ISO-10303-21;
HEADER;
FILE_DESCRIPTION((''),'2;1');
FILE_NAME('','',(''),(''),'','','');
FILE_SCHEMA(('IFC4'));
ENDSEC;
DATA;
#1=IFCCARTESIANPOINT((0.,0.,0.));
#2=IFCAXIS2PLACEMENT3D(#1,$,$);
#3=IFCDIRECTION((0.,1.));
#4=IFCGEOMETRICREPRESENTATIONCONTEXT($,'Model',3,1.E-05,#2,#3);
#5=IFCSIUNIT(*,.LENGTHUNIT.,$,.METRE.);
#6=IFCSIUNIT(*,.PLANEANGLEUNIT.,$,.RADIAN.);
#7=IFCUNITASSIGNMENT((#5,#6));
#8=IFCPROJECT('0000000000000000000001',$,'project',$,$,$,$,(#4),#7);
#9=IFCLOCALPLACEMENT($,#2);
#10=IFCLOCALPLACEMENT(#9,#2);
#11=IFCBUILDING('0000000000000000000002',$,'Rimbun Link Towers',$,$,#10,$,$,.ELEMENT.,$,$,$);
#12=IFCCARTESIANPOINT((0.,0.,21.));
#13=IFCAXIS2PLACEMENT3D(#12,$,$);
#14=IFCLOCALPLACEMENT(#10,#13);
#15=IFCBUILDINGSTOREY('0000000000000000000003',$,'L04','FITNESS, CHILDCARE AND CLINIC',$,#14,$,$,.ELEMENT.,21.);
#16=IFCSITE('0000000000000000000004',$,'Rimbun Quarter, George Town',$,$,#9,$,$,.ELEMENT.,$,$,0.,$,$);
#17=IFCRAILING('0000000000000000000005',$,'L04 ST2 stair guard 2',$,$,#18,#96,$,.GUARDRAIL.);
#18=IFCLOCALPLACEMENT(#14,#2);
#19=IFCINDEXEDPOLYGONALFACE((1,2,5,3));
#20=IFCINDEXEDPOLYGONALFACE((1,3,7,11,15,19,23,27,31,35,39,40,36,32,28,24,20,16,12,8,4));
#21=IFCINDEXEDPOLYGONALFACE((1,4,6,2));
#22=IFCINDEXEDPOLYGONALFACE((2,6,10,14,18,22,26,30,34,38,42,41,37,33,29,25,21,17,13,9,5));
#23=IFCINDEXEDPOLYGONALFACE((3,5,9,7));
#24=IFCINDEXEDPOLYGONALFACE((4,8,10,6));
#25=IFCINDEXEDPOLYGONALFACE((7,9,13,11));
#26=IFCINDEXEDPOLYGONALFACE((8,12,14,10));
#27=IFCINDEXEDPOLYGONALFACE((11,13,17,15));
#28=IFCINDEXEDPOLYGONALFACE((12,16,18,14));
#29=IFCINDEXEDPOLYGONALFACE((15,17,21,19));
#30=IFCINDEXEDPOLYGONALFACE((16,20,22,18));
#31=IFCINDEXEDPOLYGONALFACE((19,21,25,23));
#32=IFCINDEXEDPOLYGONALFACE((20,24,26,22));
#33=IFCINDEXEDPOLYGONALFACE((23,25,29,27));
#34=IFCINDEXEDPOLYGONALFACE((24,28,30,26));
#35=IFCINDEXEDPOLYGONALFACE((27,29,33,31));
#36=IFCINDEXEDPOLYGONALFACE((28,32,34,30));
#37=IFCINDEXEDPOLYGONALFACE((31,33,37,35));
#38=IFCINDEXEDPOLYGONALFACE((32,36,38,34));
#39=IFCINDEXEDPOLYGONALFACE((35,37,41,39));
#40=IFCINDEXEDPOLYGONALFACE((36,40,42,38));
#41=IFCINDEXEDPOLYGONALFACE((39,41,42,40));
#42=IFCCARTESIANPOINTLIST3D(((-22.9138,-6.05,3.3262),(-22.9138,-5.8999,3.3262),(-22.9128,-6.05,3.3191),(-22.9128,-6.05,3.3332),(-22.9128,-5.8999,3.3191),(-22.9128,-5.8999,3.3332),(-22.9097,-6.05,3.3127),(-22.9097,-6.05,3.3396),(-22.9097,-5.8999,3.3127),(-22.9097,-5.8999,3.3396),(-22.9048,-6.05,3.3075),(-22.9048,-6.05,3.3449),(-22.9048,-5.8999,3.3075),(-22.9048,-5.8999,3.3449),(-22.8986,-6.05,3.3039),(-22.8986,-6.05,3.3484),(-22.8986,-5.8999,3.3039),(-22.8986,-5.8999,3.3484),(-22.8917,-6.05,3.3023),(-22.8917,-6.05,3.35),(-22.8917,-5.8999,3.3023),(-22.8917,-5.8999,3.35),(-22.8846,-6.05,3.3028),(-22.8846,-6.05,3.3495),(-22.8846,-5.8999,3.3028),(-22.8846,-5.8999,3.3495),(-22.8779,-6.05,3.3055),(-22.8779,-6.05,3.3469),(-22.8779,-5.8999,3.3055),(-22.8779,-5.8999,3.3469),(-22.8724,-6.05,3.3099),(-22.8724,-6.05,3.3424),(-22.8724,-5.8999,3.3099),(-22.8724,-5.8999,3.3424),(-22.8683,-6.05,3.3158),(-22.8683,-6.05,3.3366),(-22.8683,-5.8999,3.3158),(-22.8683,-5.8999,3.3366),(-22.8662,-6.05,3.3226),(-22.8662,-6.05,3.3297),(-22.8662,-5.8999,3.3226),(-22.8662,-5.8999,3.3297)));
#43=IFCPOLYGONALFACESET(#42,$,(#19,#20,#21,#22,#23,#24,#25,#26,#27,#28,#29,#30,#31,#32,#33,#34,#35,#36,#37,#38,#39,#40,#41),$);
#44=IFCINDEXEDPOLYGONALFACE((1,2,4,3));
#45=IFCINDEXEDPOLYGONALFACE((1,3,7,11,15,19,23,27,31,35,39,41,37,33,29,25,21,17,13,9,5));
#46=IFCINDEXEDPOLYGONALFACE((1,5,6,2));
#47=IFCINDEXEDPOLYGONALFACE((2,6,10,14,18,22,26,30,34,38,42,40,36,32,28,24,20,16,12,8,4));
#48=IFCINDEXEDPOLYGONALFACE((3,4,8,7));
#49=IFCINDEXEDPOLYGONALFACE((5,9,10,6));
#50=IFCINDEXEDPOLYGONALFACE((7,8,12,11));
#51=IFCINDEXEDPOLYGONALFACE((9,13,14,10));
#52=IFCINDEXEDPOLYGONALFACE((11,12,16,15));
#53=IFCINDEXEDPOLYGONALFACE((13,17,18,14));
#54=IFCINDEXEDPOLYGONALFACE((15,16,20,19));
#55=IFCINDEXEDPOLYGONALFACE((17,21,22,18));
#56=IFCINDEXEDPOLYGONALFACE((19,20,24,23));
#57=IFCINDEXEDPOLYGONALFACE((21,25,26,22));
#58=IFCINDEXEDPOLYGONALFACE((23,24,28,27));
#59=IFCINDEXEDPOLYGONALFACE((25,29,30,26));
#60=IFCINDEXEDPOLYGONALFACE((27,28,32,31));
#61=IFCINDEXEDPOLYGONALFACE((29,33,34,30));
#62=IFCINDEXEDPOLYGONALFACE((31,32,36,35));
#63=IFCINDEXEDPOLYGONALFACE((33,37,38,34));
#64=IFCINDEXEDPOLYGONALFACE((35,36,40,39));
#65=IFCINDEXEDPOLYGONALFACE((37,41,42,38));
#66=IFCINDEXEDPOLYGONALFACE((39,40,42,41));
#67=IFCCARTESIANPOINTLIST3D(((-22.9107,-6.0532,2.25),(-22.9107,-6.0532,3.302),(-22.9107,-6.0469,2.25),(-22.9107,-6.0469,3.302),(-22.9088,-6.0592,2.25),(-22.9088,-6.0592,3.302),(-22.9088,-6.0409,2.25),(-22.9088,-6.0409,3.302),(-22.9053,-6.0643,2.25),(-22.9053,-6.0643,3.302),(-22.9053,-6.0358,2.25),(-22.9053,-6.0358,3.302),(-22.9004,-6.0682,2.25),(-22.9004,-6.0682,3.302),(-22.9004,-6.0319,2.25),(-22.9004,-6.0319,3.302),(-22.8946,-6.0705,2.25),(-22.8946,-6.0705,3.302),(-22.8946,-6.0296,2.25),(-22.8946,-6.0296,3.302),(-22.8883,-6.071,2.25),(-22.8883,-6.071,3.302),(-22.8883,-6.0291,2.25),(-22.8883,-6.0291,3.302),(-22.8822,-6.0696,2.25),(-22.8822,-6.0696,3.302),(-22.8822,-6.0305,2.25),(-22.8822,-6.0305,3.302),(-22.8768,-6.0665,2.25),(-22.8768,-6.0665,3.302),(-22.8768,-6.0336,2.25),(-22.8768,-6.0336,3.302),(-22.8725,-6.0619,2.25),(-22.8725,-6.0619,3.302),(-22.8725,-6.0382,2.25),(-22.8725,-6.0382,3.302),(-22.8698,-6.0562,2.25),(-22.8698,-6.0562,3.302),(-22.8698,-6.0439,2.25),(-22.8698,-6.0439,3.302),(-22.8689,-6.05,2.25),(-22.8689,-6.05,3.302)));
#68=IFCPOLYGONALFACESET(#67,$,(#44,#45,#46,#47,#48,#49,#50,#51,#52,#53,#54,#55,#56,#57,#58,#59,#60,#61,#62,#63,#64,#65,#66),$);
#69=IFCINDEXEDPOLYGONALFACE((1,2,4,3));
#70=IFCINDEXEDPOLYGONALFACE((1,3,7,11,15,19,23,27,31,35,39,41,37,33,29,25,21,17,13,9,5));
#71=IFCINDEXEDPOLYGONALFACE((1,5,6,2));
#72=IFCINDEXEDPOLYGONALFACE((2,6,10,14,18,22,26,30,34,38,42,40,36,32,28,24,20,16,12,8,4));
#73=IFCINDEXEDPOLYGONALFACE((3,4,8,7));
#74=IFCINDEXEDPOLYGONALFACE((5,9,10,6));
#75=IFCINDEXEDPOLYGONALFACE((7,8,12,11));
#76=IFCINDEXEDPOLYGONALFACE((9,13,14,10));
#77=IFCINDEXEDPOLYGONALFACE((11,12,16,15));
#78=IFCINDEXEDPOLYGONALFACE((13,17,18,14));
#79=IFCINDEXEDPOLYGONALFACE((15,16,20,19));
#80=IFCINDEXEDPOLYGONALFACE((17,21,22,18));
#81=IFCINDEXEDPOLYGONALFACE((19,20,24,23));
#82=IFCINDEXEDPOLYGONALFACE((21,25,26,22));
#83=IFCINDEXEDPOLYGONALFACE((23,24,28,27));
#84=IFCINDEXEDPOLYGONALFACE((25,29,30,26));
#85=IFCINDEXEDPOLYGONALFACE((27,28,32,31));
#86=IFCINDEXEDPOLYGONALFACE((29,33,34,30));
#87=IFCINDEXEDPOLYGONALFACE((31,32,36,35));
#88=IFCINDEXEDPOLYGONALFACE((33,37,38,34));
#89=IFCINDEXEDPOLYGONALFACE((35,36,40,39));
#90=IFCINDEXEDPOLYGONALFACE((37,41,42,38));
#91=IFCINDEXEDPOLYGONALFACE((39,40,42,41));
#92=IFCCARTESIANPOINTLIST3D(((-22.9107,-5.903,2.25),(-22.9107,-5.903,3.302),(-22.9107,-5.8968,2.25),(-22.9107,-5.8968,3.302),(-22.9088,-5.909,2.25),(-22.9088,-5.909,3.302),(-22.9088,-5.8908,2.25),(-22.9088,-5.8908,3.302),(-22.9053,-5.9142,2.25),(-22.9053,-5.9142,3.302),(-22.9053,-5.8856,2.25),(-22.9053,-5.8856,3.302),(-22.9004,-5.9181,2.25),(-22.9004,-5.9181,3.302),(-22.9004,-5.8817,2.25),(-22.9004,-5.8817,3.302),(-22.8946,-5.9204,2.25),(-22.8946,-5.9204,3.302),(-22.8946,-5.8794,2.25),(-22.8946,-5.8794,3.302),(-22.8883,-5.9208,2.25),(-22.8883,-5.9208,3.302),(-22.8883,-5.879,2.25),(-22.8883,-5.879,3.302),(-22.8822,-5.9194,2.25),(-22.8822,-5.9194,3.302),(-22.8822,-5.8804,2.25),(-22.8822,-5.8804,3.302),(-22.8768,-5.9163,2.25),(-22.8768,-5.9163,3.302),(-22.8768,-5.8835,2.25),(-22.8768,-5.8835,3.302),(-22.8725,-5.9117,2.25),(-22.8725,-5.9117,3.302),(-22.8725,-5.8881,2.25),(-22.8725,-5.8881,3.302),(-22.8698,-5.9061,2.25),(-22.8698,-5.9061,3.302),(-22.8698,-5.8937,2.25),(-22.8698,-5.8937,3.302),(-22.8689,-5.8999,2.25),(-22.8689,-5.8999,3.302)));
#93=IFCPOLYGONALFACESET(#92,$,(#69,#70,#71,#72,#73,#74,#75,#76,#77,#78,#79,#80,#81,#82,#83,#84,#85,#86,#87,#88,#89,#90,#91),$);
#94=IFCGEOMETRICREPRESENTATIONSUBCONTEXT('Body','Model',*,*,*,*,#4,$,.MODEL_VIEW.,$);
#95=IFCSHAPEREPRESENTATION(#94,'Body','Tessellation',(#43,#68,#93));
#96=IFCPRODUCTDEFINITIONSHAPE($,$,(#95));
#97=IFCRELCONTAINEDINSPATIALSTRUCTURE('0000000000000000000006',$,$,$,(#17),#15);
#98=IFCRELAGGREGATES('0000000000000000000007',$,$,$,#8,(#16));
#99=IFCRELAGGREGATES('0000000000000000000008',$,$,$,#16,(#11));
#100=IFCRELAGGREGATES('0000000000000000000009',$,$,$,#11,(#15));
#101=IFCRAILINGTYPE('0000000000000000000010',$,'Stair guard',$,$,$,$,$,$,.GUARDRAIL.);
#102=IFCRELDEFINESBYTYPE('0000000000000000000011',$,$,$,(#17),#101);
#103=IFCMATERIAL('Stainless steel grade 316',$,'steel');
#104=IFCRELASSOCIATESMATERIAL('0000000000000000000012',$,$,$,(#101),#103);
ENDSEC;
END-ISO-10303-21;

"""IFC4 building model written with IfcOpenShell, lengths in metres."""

from ifc_helpers import new_model, si_unit, direction, frame, origin, origin_2d, place, context, subcontext, project, spatial, circle, extrude, material, type_object, element, save


model = new_model("IFC4")

# Units and contexts
model_context = context("Model", 3, precision=1e-05, world=origin(), true_north=direction((0.0, 1.0)))
body_context = subcontext(model_context, "Body", "Model", "MODEL_VIEW")
ifc_project = project(units=[si_unit("LENGTHUNIT", "METRE"), si_unit("PLANEANGLEUNIT", "RADIAN")], contexts=[model_context])

# Site, building, storey
site_placement = place(None, origin())
site = spatial("IfcSite", under=ifc_project, at=site_placement, Name="Rimbun Quarter, George Town", CompositionType="ELEMENT", RefElevation=0.0)
building_placement = place(site_placement, origin())
building = spatial("IfcBuilding", under=site, at=building_placement, Name="Rimbun Link Towers", CompositionType="ELEMENT")
storey_placement = place(building_placement, frame((0.0, 0.0, 21.0)))
storey = spatial("IfcBuildingStorey", under=building, at=storey_placement, Name="L04", Description="FITNESS, CHILDCARE AND CLINIC", CompositionType="ELEMENT", Elevation=21.0)

# Railing
ifc_material_1 = material(Name="Stainless steel grade 316", Category="steel")
railing_type_1 = type_object("IfcRailingType", Name="Stair guard", PredefinedType="GUARDRAIL", material=ifc_material_1)
railing_1_placement = place(storey_placement, frame((-22.8899, -6.05, 2.25)))
element("IfcRailing", 1, at=railing_1_placement, inside=storey, type_object=railing_type_1, Name="L04 ST2 stair guard 2", PredefinedType="GUARDRAIL", context=body_context, shape_type="SweptSolid", body=[
    extrude(circle(Radius=0.0239, at=origin_2d()), frame((0.0, 0.0, 1.0762), z_axis=(0.0, 1.0, 0.0), x_axis=(-1.0, 0.0, 0.0)), (0.0, 0.0, 1.0), 0.1501),
    extrude(circle(Radius=0.021, at=origin_2d()), origin(), (0.0, 0.0, 1.0), 1.052),
    extrude(circle(Radius=0.021, at=origin_2d()), frame((0.0, 0.1501, 0.0)), (0.0, 0.0, 1.0), 1.052),
])

save(model, "model.ifc")
